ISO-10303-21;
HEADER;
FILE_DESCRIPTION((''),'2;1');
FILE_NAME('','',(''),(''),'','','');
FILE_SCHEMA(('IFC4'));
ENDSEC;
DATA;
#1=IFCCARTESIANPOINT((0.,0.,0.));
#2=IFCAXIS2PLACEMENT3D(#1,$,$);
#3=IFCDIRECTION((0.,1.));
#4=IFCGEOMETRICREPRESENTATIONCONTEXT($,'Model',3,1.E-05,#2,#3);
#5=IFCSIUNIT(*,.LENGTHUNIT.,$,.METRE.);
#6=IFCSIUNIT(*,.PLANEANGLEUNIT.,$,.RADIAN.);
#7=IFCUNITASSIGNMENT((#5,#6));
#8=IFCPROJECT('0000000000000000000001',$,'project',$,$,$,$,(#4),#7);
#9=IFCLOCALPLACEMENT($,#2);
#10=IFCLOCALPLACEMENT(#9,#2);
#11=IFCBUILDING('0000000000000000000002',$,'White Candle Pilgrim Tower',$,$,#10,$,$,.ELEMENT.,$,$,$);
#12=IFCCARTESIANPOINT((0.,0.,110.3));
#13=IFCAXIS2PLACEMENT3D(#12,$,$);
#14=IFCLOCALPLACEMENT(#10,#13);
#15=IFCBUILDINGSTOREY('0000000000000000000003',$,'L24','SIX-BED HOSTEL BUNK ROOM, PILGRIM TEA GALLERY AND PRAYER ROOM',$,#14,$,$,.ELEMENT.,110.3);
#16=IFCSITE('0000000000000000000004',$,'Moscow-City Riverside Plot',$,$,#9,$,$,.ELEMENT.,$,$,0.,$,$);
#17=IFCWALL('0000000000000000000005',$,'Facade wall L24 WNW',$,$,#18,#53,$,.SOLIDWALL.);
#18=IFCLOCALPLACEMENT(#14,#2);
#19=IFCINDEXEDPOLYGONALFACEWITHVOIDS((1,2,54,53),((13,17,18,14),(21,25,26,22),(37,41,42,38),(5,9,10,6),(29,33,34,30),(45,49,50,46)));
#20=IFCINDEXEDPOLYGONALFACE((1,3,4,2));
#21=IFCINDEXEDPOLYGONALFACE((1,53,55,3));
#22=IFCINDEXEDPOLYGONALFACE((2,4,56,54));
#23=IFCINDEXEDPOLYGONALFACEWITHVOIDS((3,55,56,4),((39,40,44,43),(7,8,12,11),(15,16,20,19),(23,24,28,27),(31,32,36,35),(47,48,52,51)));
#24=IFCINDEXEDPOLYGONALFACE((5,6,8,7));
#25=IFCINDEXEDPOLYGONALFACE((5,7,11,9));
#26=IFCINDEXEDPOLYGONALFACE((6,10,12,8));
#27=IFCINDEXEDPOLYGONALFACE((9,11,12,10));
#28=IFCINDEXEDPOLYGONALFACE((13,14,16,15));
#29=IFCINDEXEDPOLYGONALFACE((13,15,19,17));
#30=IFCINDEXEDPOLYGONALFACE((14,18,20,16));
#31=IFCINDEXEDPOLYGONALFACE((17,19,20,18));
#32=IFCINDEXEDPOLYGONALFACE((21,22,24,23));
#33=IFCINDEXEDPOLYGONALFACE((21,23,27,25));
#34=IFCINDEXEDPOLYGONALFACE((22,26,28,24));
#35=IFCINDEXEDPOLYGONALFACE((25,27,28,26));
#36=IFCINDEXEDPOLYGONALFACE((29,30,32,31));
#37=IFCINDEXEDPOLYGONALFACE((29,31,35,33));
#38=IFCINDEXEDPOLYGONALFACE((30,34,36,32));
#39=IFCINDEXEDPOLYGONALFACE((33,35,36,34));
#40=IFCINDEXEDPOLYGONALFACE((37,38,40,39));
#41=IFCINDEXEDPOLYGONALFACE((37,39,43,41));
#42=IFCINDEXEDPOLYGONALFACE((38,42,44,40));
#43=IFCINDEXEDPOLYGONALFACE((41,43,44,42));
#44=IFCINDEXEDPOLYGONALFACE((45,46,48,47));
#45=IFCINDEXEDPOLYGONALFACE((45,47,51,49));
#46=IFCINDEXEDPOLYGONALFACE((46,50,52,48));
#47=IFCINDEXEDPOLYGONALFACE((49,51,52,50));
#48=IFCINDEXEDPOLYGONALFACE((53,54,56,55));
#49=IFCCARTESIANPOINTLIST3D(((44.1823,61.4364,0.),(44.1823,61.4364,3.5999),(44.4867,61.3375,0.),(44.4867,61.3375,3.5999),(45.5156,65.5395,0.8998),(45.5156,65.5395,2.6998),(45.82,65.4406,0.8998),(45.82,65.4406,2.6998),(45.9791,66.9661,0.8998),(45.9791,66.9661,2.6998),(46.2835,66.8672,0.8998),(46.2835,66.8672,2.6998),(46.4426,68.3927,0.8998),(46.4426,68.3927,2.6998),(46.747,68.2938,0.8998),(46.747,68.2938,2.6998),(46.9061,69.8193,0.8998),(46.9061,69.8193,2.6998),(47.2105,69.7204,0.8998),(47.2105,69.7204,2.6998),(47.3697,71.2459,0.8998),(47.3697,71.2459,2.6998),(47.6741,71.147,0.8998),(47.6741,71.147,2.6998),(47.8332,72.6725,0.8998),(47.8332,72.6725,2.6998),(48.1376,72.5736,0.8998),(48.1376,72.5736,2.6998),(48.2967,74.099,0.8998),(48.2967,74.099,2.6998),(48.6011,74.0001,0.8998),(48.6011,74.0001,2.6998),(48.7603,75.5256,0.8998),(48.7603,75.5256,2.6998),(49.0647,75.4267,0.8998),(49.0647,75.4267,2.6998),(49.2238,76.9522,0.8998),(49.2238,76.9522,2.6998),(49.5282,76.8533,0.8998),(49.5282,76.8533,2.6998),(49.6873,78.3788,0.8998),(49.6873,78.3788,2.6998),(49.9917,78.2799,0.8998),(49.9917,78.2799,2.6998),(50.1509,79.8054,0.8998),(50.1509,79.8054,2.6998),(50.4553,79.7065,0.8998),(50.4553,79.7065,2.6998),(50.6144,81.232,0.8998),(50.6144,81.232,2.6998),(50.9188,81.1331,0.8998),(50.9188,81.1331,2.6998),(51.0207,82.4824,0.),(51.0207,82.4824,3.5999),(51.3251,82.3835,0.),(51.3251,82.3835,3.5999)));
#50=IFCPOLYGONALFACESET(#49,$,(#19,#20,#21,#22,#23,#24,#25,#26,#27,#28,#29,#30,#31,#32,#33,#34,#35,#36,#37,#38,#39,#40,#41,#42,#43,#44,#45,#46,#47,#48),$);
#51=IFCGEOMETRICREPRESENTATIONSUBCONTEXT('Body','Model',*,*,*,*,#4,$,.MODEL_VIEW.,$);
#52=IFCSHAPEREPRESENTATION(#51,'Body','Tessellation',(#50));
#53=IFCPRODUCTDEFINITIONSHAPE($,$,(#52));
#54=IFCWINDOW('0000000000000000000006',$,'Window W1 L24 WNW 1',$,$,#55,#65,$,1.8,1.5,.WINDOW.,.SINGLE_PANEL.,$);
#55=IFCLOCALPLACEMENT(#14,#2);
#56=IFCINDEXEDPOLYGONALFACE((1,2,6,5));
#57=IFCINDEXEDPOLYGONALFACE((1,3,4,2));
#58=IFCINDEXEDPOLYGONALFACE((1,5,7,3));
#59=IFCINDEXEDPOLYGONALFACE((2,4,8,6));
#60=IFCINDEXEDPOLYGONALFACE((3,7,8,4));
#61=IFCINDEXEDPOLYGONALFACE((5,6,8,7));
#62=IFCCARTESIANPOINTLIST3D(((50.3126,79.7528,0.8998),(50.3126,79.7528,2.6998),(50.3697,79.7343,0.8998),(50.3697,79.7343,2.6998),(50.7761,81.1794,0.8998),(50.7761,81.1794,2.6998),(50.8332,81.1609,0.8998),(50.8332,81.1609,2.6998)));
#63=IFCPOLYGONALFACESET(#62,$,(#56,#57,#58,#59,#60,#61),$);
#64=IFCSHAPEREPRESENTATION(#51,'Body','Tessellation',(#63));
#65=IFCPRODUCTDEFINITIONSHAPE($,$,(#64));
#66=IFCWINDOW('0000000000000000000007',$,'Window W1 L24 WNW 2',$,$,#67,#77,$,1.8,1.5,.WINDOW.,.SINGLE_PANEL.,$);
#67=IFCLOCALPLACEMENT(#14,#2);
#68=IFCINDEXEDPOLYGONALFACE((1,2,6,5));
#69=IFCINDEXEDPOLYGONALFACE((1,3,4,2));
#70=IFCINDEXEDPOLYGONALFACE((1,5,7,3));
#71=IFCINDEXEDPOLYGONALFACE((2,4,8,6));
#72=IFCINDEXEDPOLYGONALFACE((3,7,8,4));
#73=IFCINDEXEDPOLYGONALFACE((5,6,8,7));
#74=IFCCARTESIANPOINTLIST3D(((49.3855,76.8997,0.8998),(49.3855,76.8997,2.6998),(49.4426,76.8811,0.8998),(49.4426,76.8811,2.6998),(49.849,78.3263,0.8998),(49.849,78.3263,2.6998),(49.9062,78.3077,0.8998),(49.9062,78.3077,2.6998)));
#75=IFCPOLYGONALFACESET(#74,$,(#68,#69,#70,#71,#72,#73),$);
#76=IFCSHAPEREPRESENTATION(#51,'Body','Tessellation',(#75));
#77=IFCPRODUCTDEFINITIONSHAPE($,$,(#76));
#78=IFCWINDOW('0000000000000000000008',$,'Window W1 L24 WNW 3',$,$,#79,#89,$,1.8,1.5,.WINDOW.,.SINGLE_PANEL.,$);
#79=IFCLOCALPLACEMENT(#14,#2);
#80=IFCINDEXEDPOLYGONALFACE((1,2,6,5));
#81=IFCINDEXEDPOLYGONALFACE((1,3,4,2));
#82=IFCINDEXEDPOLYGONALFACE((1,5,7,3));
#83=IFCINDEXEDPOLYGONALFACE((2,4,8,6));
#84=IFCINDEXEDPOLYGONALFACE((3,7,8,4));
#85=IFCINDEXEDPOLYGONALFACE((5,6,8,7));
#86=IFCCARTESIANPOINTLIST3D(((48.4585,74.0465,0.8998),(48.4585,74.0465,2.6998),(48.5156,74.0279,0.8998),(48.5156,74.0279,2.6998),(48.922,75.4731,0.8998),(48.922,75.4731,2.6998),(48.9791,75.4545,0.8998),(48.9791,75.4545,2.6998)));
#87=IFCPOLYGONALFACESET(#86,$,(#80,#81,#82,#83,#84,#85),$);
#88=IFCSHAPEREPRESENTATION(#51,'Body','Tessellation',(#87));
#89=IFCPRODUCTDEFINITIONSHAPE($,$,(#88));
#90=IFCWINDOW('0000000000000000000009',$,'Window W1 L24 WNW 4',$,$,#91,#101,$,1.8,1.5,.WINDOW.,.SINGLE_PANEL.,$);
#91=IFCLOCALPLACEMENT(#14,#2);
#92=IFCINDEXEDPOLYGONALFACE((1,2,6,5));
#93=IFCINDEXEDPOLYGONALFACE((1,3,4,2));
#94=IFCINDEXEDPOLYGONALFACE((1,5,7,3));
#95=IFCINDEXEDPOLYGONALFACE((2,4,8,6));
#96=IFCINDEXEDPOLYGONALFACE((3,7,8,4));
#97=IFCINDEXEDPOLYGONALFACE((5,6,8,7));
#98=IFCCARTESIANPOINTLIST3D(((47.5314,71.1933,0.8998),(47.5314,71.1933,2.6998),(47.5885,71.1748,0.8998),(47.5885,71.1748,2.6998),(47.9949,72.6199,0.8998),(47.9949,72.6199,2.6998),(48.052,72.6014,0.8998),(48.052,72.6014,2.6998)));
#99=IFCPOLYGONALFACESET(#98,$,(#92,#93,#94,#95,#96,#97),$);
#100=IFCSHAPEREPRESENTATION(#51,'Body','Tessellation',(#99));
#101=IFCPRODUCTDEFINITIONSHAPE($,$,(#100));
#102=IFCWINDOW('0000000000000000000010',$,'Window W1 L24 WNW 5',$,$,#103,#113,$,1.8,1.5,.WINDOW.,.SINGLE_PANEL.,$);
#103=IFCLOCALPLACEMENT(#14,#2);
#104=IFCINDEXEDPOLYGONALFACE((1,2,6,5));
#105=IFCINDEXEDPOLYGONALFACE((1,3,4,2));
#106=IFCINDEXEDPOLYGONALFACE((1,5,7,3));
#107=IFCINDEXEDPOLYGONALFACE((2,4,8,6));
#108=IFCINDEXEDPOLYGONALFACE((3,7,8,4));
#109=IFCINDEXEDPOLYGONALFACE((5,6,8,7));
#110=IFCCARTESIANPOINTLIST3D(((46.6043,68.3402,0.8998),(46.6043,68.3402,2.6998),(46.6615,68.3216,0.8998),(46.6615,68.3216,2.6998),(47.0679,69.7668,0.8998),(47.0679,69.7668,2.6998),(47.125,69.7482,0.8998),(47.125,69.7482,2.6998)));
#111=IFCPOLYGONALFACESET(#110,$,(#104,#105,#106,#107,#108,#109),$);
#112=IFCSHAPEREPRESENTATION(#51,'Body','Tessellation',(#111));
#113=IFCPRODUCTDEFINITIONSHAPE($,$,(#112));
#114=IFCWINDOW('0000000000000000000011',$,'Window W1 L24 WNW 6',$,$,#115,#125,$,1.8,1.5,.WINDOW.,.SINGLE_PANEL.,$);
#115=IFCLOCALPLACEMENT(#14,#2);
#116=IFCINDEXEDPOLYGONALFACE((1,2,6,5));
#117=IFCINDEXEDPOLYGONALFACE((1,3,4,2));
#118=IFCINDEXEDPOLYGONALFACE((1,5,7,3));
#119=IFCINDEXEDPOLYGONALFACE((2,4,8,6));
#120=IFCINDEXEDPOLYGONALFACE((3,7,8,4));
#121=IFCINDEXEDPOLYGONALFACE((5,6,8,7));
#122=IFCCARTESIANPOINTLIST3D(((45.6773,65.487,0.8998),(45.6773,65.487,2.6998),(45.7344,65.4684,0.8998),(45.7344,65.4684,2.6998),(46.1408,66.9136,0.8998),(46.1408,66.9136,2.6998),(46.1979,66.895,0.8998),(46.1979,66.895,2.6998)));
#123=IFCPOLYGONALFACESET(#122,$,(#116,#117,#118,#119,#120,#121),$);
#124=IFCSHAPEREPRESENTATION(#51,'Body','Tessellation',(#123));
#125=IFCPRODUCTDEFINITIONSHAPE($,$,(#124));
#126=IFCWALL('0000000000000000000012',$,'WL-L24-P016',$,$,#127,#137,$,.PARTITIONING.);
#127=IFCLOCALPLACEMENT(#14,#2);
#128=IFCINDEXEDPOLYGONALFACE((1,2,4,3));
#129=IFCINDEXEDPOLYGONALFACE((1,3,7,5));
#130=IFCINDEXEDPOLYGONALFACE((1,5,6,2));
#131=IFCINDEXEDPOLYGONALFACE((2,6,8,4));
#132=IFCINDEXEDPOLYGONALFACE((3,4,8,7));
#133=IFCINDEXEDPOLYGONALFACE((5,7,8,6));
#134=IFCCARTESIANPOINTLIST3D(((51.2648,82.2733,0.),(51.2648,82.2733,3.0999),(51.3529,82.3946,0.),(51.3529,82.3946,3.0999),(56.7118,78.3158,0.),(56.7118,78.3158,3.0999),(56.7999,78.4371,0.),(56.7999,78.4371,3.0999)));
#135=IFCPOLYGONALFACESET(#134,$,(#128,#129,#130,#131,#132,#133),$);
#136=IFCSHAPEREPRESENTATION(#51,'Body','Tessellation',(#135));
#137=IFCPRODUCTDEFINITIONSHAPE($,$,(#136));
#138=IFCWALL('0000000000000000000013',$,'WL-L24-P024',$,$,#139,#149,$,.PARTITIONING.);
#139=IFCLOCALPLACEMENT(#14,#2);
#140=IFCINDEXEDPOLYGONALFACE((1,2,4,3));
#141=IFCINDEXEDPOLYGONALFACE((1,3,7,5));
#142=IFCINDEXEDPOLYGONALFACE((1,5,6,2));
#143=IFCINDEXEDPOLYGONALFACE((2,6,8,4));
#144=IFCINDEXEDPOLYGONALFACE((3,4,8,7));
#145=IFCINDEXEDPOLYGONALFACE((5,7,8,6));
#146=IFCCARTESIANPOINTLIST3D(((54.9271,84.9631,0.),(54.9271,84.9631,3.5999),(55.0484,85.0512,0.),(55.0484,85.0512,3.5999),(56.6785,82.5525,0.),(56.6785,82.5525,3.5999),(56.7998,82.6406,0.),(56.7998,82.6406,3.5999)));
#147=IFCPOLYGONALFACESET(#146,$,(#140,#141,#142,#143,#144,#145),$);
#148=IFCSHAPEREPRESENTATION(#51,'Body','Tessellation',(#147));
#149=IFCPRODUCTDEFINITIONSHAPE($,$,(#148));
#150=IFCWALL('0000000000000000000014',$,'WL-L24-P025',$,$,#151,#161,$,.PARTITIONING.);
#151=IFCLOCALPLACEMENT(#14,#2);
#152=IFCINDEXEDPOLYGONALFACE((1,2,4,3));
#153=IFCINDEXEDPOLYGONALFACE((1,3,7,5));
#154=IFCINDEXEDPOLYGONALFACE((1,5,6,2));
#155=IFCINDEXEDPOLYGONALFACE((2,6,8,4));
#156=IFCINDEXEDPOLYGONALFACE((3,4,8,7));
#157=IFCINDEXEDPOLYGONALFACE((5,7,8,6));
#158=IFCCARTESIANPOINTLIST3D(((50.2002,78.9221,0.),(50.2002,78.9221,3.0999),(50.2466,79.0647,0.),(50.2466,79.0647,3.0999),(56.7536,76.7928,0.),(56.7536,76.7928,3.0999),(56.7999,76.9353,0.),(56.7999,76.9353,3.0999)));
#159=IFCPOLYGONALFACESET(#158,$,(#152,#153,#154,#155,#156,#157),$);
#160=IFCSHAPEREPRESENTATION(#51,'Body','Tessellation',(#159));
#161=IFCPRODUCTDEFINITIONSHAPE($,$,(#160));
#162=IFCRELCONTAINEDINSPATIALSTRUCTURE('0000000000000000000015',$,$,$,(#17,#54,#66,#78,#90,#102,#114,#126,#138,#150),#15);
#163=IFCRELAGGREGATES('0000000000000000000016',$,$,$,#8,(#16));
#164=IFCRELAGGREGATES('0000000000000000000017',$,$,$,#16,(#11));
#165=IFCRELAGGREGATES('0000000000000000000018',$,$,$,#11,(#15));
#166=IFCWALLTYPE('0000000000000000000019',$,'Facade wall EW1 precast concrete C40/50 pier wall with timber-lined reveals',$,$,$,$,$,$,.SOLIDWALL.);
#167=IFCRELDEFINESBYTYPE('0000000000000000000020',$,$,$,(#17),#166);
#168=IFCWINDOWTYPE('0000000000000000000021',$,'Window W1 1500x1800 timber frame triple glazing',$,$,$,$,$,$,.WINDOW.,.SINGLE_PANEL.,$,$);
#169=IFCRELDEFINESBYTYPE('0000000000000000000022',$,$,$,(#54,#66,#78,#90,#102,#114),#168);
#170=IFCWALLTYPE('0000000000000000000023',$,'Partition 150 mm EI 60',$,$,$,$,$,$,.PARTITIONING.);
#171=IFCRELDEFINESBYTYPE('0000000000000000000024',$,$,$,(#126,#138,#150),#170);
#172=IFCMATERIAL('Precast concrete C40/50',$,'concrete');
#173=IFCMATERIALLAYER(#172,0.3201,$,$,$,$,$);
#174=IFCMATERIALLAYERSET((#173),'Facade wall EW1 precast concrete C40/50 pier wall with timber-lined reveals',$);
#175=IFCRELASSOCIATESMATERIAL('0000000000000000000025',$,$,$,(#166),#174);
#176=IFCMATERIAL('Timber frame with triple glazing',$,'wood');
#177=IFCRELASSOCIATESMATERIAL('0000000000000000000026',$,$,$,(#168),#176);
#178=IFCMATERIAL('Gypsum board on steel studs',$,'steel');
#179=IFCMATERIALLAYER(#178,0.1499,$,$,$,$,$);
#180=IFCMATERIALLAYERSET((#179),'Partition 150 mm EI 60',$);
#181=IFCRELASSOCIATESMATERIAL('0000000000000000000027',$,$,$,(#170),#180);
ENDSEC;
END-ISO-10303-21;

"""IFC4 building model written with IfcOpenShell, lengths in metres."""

from ifc_helpers import new_model, si_unit, direction, frame, frame_2d, origin, place, context, subcontext, project, spatial, rectangle, extrude, material, layer, layer_set, type_object, element, fill, save


model = new_model("IFC4")

# Units and contexts
model_context = context("Model", 3, precision=1e-05, world=origin(), true_north=direction((0.0, 1.0)))
body_context = subcontext(model_context, "Body", "Model", "MODEL_VIEW")
ifc_project = project(units=[si_unit("LENGTHUNIT", "METRE"), si_unit("PLANEANGLEUNIT", "RADIAN")], contexts=[model_context])

# Site, building, storey
site_placement = place(None, origin())
site = spatial("IfcSite", under=ifc_project, at=site_placement, Name="Moscow-City Riverside Plot", CompositionType="ELEMENT", RefElevation=0.0)
building_placement = place(site_placement, origin())
building = spatial("IfcBuilding", under=site, at=building_placement, Name="White Candle Pilgrim Tower", CompositionType="ELEMENT")
storey_placement = place(building_placement, frame((0.0, 0.0, 110.3)))
storey = spatial("IfcBuildingStorey", under=building, at=storey_placement, Name="L24", Description="SIX-BED HOSTEL BUNK ROOM, PILGRIM TEA GALLERY AND PRAYER ROOM", CompositionType="ELEMENT", Elevation=110.3)

# Wall, openings, windows
ifc_material_1 = material(Name="Precast concrete C40/50", Category="concrete")
ifc_layer_1 = layer(ifc_material_1, 0.3201)
ifc_layer_set_1 = layer_set([ifc_layer_1], Name="Facade wall EW1 precast concrete C40/50 pier wall with timber-lined reveals")
wall_type_1 = type_object("IfcWallType", Name="Facade wall EW1 precast concrete C40/50 pier wall with timber-lined reveals", PredefinedType="SOLIDWALL", material=ifc_layer_set_1)
ifc_material_2 = material(Name="Timber frame with triple glazing", Category="wood")
wall_1_placement = place(storey_placement, frame((51.1729, 82.4329, 0.0), z_axis=(0.0, 0.0, 1.0), x_axis=(-0.30902, -0.951056, 0.0)))
wall_1 = element("IfcWall", 1, at=wall_1_placement, inside=storey, type_object=wall_type_1, Name="Facade wall L24 WNW", PredefinedType="SOLIDWALL", context=body_context, shape_type="SweptSolid", body=[
    extrude(rectangle(XDim=22.1292, YDim=0.3201, at=frame_2d((11.0645, 0.0))), origin(), (0.0, 0.0, 1.0), 3.5999),
])
opening_1_placement = place(wall_1_placement, frame((1.3147, 0.0, 0.8999)))
opening_1 = element("IfcOpeningElement", 2, at=opening_1_placement, cuts=wall_1, PredefinedType="OPENING", context=body_context, shape_type="SweptSolid", body=[
    extrude(rectangle(XDim=1.5, YDim=1.8, at=frame_2d((0.75, 0.8999))), frame((0.0, 0.1699, 0.0), z_axis=(0.0, -1.0, 0.0), x_axis=(1.0, 0.0, 0.0)), (0.0, 0.0, 1.0), 0.3401),
])
opening_2_placement = place(wall_1_placement, frame((4.3147, 0.0, 0.8999)))
opening_2 = element("IfcOpeningElement", 3, at=opening_2_placement, cuts=wall_1, PredefinedType="OPENING", context=body_context, shape_type="SweptSolid", body=[
    extrude(rectangle(XDim=1.5, YDim=1.8, at=frame_2d((0.75, 0.8999))), frame((0.0, 0.1699, 0.0), z_axis=(0.0, -1.0, 0.0), x_axis=(1.0, 0.0, 0.0)), (0.0, 0.0, 1.0), 0.3401),
])
opening_3_placement = place(wall_1_placement, frame((7.3147, 0.0, 0.8999)))
opening_3 = element("IfcOpeningElement", 4, at=opening_3_placement, cuts=wall_1, PredefinedType="OPENING", context=body_context, shape_type="SweptSolid", body=[
    extrude(rectangle(XDim=1.5, YDim=1.8, at=frame_2d((0.75, 0.8999))), frame((0.0, 0.1699, 0.0), z_axis=(0.0, -1.0, 0.0), x_axis=(1.0, 0.0, 0.0)), (0.0, 0.0, 1.0), 0.3401),
])
opening_4_placement = place(wall_1_placement, frame((10.3147, 0.0, 0.8999)))
opening_4 = element("IfcOpeningElement", 5, at=opening_4_placement, cuts=wall_1, PredefinedType="OPENING", context=body_context, shape_type="SweptSolid", body=[
    extrude(rectangle(XDim=1.5, YDim=1.8, at=frame_2d((0.75, 0.8999))), frame((0.0, 0.1699, 0.0), z_axis=(0.0, -1.0, 0.0), x_axis=(1.0, 0.0, 0.0)), (0.0, 0.0, 1.0), 0.3401),
])
opening_5_placement = place(wall_1_placement, frame((13.3147, 0.0, 0.8999)))
opening_5 = element("IfcOpeningElement", 6, at=opening_5_placement, cuts=wall_1, PredefinedType="OPENING", context=body_context, shape_type="SweptSolid", body=[
    extrude(rectangle(XDim=1.5, YDim=1.8, at=frame_2d((0.75, 0.8999))), frame((0.0, 0.1699, 0.0), z_axis=(0.0, -1.0, 0.0), x_axis=(1.0, 0.0, 0.0)), (0.0, 0.0, 1.0), 0.3401),
])
opening_6_placement = place(wall_1_placement, frame((16.3147, 0.0, 0.8999)))
opening_6 = element("IfcOpeningElement", 7, at=opening_6_placement, cuts=wall_1, PredefinedType="OPENING", context=body_context, shape_type="SweptSolid", body=[
    extrude(rectangle(XDim=1.5, YDim=1.8, at=frame_2d((0.75, 0.8999))), frame((0.0, 0.1699, 0.0), z_axis=(0.0, -1.0, 0.0), x_axis=(1.0, 0.0, 0.0)), (0.0, 0.0, 1.0), 0.3401),
])
window_type_1 = type_object("IfcWindowType", Name="Window W1 1500x1800 timber frame triple glazing", PartitioningType="SINGLE_PANEL", PredefinedType="WINDOW", material=ifc_material_2)
window_1_placement = place(opening_1_placement, origin())
window_1 = element("IfcWindow", 8, at=window_1_placement, inside=storey, type_object=window_type_1, Name="Window W1 L24 WNW 1", OverallHeight=1.8, OverallWidth=1.5, PartitioningType="SINGLE_PANEL", PredefinedType="WINDOW", context=body_context, shape_type="SweptSolid", body=[
    extrude(rectangle(XDim=1.5, YDim=1.8, at=frame_2d((0.75, 0.8999))), frame((0.0, 0.0701, 0.0), z_axis=(0.0, -1.0, 0.0), x_axis=(1.0, 0.0, 0.0)), (0.0, 0.0, 1.0), 0.0601),
])
fill(opening_1, window_1)
window_2_placement = place(opening_2_placement, origin())
window_2 = element("IfcWindow", 9, at=window_2_placement, inside=storey, type_object=window_type_1, Name="Window W1 L24 WNW 2", OverallHeight=1.8, OverallWidth=1.5, PartitioningType="SINGLE_PANEL", PredefinedType="WINDOW", context=body_context, shape_type="SweptSolid", body=[
    extrude(rectangle(XDim=1.5, YDim=1.8, at=frame_2d((0.75, 0.8999))), frame((0.0, 0.0701, 0.0), z_axis=(0.0, -1.0, 0.0), x_axis=(1.0, 0.0, 0.0)), (0.0, 0.0, 1.0), 0.0601),
])
fill(opening_2, window_2)
window_3_placement = place(opening_3_placement, origin())
window_3 = element("IfcWindow", 10, at=window_3_placement, inside=storey, type_object=window_type_1, Name="Window W1 L24 WNW 3", OverallHeight=1.8, OverallWidth=1.5, PartitioningType="SINGLE_PANEL", PredefinedType="WINDOW", context=body_context, shape_type="SweptSolid", body=[
    extrude(rectangle(XDim=1.5, YDim=1.8, at=frame_2d((0.75, 0.8999))), frame((0.0, 0.0701, 0.0), z_axis=(0.0, -1.0, 0.0), x_axis=(1.0, 0.0, 0.0)), (0.0, 0.0, 1.0), 0.0601),
])
fill(opening_3, window_3)
window_4_placement = place(opening_4_placement, origin())
window_4 = element("IfcWindow", 11, at=window_4_placement, inside=storey, type_object=window_type_1, Name="Window W1 L24 WNW 4", OverallHeight=1.8, OverallWidth=1.5, PartitioningType="SINGLE_PANEL", PredefinedType="WINDOW", context=body_context, shape_type="SweptSolid", body=[
    extrude(rectangle(XDim=1.5, YDim=1.8, at=frame_2d((0.75, 0.8999))), frame((0.0, 0.0701, 0.0), z_axis=(0.0, -1.0, 0.0), x_axis=(1.0, 0.0, 0.0)), (0.0, 0.0, 1.0), 0.0601),
])
fill(opening_4, window_4)
window_5_placement = place(opening_5_placement, origin())
window_5 = element("IfcWindow", 12, at=window_5_placement, inside=storey, type_object=window_type_1, Name="Window W1 L24 WNW 5", OverallHeight=1.8, OverallWidth=1.5, PartitioningType="SINGLE_PANEL", PredefinedType="WINDOW", context=body_context, shape_type="SweptSolid", body=[
    extrude(rectangle(XDim=1.5, YDim=1.8, at=frame_2d((0.75, 0.8999))), frame((0.0, 0.0701, 0.0), z_axis=(0.0, -1.0, 0.0), x_axis=(1.0, 0.0, 0.0)), (0.0, 0.0, 1.0), 0.0601),
])
fill(opening_5, window_5)
window_6_placement = place(opening_6_placement, origin())
window_6 = element("IfcWindow", 13, at=window_6_placement, inside=storey, type_object=window_type_1, Name="Window W1 L24 WNW 6", OverallHeight=1.8, OverallWidth=1.5, PartitioningType="SINGLE_PANEL", PredefinedType="WINDOW", context=body_context, shape_type="SweptSolid", body=[
    extrude(rectangle(XDim=1.5, YDim=1.8, at=frame_2d((0.75, 0.8999))), frame((0.0, 0.0701, 0.0), z_axis=(0.0, -1.0, 0.0), x_axis=(1.0, 0.0, 0.0)), (0.0, 0.0, 1.0), 0.0601),
])
fill(opening_6, window_6)

# Walls
ifc_material_3 = material(Name="Gypsum board on steel studs", Category="steel")
ifc_layer_2 = layer(ifc_material_3, 0.1499)
ifc_layer_set_2 = layer_set([ifc_layer_2], Name="Partition 150 mm EI 60")
wall_type_2 = type_object("IfcWallType", Name="Partition 150 mm EI 60", PredefinedType="PARTITIONING", material=ifc_layer_set_2)
wall_2_placement = place(storey_placement, frame((51.3088, 82.334, 0.0), z_axis=(0.0, 0.0, 1.0), x_axis=(0.809015, -0.587788, 0.0)))
element("IfcWall", 14, at=wall_2_placement, inside=storey, type_object=wall_type_2, Name="WL-L24-P016", PredefinedType="PARTITIONING", context=body_context, shape_type="SweptSolid", body=[
    extrude(rectangle(XDim=6.7329, YDim=0.1499, at=frame_2d((3.3665, 0.0))), origin(), (0.0, 0.0, 1.0), 3.0999),
])
wall_3_placement = place(storey_placement, frame((54.9878, 85.0071, 0.0), z_axis=(0.0, 0.0, 1.0), x_axis=(0.587792, -0.809012, 0.0)))
element("IfcWall", 15, at=wall_3_placement, inside=storey, type_object=wall_type_2, Name="WL-L24-P024", PredefinedType="PARTITIONING", context=body_context, shape_type="SweptSolid", body=[
    extrude(rectangle(XDim=2.9797, YDim=0.1499, at=frame_2d((1.4897, 0.0))), origin(), (0.0, 0.0, 1.0), 3.5999),
])
wall_4_placement = place(storey_placement, frame((50.2234, 78.9934, 0.0), z_axis=(0.0, 0.0, 1.0), x_axis=(0.951055, -0.309023, 0.0)))
element("IfcWall", 16, at=wall_4_placement, inside=storey, type_object=wall_type_2, Name="WL-L24-P025", PredefinedType="PARTITIONING", context=body_context, shape_type="SweptSolid", body=[
    extrude(rectangle(XDim=6.8906, YDim=0.1499, at=frame_2d((3.4453, 0.0))), origin(), (0.0, 0.0, 1.0), 3.0999),
])

save(model, "model.ifc")
